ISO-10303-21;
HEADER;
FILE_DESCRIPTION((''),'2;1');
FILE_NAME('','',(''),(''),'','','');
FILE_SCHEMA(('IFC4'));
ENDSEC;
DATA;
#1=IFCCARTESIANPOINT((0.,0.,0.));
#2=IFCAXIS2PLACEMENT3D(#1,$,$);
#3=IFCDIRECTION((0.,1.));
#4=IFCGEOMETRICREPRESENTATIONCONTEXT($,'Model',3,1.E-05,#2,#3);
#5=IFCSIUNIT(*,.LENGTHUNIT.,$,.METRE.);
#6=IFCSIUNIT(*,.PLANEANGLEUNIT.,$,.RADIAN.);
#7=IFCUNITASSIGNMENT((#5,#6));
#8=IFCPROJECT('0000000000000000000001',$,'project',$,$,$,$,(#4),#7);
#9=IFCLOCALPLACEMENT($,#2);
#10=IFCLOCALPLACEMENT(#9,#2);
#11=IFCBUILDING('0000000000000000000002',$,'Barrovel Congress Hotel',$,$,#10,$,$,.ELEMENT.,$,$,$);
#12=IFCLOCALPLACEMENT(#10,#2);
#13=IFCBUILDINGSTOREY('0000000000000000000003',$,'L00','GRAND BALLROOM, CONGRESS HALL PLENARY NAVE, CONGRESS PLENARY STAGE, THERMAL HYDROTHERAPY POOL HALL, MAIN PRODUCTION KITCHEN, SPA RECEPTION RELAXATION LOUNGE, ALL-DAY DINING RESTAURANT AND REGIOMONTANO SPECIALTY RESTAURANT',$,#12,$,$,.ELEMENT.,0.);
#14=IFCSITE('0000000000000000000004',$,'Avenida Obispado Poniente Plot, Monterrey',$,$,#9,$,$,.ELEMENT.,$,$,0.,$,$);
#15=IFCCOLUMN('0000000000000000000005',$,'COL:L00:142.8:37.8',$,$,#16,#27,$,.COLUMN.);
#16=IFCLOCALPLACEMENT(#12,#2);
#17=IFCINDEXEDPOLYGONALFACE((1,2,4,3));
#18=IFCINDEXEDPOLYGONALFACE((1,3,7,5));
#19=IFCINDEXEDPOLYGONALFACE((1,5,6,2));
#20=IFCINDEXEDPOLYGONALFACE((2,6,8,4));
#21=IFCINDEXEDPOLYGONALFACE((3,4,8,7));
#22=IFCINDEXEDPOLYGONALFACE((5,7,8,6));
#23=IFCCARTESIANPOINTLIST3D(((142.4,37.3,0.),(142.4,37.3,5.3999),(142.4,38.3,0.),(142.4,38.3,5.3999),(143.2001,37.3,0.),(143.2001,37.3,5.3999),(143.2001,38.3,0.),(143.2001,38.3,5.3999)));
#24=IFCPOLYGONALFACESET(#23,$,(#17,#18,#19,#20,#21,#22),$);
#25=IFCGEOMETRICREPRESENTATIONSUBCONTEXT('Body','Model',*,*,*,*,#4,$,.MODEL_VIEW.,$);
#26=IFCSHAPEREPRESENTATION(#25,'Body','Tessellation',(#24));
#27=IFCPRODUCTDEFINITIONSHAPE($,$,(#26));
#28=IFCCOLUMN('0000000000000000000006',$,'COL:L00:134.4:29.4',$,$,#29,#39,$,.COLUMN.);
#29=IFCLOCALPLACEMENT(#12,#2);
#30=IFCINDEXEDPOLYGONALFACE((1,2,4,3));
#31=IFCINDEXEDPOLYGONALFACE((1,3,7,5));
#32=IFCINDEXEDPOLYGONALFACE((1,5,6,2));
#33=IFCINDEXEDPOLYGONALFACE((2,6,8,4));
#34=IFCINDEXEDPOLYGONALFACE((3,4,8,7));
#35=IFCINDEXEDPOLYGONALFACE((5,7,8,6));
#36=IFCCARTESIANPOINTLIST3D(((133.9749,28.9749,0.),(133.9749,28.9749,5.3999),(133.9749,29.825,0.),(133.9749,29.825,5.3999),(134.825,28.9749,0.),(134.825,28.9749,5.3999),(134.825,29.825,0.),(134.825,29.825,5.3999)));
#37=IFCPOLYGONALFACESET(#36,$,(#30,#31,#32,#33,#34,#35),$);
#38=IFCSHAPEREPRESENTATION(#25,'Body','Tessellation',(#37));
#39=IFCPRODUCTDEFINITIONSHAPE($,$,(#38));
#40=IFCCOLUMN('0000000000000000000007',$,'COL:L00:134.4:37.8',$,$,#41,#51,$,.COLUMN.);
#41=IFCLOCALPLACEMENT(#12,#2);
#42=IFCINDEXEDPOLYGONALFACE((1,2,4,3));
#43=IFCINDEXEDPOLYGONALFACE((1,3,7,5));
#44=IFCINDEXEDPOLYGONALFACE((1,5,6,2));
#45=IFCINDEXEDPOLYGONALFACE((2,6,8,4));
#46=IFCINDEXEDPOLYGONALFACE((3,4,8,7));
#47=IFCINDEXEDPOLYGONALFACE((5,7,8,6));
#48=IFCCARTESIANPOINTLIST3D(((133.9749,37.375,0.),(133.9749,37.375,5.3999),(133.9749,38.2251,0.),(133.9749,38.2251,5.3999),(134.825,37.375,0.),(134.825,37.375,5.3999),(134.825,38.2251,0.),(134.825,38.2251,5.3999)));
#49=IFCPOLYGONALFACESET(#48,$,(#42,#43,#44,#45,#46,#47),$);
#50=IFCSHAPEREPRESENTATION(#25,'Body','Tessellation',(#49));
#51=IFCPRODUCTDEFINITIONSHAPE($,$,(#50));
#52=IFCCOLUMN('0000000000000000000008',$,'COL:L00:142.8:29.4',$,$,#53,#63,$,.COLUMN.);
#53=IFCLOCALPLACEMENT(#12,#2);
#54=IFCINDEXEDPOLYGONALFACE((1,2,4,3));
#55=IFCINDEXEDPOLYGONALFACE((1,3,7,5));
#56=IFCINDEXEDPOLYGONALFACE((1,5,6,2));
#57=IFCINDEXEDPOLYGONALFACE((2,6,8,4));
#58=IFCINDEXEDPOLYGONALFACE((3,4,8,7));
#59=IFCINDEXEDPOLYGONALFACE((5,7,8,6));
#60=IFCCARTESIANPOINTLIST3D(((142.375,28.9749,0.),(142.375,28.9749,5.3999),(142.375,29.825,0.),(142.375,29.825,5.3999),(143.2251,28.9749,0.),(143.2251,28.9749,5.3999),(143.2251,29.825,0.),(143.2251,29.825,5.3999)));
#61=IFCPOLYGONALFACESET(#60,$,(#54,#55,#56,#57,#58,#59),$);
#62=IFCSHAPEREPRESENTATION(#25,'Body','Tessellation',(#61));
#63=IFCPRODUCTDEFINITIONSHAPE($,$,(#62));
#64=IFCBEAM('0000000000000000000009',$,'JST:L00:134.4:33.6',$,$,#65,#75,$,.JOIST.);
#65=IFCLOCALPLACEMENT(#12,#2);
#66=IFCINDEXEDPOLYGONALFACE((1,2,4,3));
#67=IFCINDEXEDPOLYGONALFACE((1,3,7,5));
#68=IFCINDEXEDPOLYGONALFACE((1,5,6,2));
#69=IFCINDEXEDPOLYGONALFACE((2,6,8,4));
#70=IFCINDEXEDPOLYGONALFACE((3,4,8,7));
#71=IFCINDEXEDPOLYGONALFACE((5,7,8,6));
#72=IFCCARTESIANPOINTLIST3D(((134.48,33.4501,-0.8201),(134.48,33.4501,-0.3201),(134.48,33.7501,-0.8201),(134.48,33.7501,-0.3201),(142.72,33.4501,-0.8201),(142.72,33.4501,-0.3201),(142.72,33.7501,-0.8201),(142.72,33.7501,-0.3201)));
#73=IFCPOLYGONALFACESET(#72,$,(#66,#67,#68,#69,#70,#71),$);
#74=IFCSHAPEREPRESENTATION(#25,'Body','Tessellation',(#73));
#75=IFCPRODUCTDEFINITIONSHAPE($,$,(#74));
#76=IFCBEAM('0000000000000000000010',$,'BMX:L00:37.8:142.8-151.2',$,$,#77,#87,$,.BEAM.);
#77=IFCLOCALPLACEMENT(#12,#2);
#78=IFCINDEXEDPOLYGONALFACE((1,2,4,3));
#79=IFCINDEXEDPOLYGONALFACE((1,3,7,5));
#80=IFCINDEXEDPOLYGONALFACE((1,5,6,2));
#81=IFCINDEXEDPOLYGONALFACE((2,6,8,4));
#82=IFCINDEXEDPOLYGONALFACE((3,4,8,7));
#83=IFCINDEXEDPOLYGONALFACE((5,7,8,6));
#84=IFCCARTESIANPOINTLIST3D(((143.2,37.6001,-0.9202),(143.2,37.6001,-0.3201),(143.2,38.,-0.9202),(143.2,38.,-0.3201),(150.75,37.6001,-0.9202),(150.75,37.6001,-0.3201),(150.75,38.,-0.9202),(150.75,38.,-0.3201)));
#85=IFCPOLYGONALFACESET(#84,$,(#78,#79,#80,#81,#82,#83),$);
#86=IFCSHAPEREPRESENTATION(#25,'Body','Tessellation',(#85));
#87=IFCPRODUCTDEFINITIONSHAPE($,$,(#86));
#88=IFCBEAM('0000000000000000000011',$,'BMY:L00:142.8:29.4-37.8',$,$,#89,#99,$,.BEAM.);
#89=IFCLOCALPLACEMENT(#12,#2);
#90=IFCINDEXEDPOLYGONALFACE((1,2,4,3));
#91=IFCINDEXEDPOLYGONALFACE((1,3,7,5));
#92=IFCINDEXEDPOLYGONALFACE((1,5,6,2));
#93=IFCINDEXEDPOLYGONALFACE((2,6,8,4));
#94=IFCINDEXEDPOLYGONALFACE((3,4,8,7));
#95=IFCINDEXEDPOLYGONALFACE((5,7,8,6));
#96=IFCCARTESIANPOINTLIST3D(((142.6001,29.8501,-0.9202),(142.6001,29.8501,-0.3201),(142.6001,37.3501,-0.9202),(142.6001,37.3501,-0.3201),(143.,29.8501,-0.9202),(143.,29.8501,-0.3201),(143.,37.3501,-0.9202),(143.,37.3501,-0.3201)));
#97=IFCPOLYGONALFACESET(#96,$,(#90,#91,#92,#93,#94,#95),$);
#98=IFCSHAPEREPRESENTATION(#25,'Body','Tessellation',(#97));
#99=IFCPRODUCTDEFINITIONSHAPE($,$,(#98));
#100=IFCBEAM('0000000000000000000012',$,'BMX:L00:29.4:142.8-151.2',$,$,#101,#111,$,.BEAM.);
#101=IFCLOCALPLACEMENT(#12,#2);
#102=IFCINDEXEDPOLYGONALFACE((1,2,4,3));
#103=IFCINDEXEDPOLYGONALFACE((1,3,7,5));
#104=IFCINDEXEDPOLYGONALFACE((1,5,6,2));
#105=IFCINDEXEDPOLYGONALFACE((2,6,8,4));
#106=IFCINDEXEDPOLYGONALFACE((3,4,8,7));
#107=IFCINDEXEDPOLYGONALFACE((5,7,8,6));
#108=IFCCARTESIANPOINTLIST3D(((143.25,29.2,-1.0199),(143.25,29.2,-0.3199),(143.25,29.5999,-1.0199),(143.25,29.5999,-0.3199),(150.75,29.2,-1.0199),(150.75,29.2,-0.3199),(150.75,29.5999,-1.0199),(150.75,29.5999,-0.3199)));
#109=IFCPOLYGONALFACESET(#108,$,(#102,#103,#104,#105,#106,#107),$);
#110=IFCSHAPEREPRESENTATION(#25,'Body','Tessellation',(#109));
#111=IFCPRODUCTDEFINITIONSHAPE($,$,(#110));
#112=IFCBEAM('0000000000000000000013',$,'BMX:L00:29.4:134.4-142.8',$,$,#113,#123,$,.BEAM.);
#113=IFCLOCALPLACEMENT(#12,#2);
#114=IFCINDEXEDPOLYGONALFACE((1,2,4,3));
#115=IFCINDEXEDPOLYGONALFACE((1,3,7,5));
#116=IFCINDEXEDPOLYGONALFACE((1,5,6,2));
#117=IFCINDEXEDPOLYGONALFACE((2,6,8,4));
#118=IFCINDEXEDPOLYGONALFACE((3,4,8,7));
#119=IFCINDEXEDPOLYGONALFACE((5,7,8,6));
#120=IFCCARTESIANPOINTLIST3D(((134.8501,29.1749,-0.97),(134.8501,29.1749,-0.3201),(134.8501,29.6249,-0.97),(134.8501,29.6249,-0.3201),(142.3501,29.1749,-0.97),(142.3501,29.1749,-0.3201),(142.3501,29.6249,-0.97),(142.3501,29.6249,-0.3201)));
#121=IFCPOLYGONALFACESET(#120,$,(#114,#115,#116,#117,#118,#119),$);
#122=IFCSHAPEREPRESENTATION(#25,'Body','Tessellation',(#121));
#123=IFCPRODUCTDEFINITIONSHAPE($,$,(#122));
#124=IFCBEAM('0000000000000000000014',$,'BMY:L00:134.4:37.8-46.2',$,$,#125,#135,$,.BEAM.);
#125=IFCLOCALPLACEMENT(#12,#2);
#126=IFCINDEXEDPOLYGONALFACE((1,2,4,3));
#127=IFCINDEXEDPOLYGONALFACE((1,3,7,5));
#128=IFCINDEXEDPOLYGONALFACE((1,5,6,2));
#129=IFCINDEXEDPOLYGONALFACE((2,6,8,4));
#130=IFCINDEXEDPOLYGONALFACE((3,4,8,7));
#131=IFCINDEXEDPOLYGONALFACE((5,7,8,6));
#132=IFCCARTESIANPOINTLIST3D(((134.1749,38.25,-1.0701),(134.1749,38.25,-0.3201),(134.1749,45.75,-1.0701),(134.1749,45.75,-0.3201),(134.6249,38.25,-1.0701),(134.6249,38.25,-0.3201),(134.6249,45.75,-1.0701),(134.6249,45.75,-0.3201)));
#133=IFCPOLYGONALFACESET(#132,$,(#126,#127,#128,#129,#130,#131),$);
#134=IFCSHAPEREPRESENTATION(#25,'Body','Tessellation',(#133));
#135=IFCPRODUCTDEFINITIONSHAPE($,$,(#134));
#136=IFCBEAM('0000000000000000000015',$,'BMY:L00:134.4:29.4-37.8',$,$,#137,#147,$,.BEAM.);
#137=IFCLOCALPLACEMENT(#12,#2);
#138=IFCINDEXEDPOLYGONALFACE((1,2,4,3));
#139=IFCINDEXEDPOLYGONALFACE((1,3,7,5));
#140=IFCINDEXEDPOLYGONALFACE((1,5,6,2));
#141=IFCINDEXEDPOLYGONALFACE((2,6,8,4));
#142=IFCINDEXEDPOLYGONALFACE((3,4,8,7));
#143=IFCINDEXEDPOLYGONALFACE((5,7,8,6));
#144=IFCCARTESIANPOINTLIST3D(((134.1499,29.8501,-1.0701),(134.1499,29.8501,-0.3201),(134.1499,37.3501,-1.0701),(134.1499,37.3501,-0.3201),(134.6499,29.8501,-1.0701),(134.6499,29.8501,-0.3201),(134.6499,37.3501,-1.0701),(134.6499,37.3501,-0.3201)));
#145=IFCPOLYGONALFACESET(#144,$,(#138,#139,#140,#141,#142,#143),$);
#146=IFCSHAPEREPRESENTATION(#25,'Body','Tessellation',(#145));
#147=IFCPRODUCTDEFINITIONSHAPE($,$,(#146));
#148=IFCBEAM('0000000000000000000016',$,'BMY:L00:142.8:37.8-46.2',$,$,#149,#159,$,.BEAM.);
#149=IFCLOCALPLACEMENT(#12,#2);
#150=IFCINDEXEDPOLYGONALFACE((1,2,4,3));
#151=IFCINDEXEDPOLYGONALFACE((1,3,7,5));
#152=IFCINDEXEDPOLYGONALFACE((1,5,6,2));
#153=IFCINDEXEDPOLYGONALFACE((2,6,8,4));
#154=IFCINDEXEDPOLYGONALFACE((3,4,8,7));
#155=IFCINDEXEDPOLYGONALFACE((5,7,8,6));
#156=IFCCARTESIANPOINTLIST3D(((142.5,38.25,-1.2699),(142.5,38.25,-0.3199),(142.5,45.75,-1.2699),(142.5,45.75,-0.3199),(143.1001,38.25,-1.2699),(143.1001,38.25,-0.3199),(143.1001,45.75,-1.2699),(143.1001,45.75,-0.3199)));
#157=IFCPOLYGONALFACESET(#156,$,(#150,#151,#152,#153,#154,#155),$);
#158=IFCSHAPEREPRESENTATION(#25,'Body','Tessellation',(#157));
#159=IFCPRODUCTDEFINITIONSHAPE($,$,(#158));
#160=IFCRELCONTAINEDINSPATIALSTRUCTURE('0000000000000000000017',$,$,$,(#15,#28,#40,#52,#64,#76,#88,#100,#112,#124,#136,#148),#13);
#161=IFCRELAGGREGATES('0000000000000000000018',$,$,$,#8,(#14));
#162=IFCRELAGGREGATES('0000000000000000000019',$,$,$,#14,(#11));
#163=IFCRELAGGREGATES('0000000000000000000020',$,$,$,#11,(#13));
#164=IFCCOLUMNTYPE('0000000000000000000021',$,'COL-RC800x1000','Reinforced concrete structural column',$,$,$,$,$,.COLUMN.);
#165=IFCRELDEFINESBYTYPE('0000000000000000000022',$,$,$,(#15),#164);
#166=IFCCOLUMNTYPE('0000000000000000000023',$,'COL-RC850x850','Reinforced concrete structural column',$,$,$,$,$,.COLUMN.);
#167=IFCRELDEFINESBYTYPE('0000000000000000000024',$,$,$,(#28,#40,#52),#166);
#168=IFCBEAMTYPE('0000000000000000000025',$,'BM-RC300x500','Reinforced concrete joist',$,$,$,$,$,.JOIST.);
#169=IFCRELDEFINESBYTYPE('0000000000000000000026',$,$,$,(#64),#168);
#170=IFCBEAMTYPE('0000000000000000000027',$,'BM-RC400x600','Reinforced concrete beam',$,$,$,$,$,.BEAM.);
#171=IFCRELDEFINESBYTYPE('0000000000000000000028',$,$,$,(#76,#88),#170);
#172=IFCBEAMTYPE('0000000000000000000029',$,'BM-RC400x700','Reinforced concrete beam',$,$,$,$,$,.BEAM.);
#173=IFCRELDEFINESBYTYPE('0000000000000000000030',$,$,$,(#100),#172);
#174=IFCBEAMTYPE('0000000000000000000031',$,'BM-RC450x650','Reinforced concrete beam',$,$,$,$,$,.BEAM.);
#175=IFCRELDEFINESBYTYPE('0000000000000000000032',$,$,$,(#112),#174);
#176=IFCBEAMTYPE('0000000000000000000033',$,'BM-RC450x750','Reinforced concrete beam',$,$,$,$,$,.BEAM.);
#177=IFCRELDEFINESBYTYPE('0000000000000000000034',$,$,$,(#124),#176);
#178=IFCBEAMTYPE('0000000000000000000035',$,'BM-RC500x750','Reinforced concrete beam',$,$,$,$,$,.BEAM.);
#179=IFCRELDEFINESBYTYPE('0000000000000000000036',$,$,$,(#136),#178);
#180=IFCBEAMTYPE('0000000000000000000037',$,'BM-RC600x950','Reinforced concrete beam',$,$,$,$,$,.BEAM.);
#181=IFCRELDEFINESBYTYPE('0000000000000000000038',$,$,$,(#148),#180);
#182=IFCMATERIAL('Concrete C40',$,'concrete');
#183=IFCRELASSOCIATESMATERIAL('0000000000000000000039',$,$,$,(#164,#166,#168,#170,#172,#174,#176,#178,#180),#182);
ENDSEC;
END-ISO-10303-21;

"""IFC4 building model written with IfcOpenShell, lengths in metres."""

from ifc_helpers import new_model, si_unit, direction, frame, origin, origin_2d, place, context, subcontext, project, spatial, rectangle, extrude, material, material_profile, profile_set, type_object, element, save


model = new_model("IFC4")

# Units and contexts
model_context = context("Model", 3, precision=1e-05, world=origin(), true_north=direction((0.0, 1.0)))
body_context = subcontext(model_context, "Body", "Model", "MODEL_VIEW")
ifc_project = project(units=[si_unit("LENGTHUNIT", "METRE"), si_unit("PLANEANGLEUNIT", "RADIAN")], contexts=[model_context])

# Site, building, storey
site_placement = place(None, origin())
site = spatial("IfcSite", under=ifc_project, at=site_placement, Name="Avenida Obispado Poniente Plot, Monterrey", CompositionType="ELEMENT", RefElevation=0.0)
building_placement = place(site_placement, origin())
building = spatial("IfcBuilding", under=site, at=building_placement, Name="Barrovel Congress Hotel", CompositionType="ELEMENT")
storey_placement = place(building_placement, origin())
storey = spatial("IfcBuildingStorey", under=building, at=storey_placement, Name="L00", Description="GRAND BALLROOM, CONGRESS HALL PLENARY NAVE, CONGRESS PLENARY STAGE, THERMAL HYDROTHERAPY POOL HALL, MAIN PRODUCTION KITCHEN, SPA RECEPTION RELAXATION LOUNGE, ALL-DAY DINING RESTAURANT AND REGIOMONTANO SPECIALTY RESTAURANT", CompositionType="ELEMENT", Elevation=0.0)

# Columns
ifc_material_1 = material(Name="Concrete C40", Category="concrete")
ifc_material_profile_1 = material_profile(ifc_material_1, rectangle(XDim=0.8, YDim=1.0, at=origin_2d()), Name="RC800x1000")
ifc_profile_set_1 = profile_set([ifc_material_profile_1], Name="Concrete C40")
column_type_1 = type_object("IfcColumnType", Name="COL-RC800x1000", Description="Reinforced concrete structural column", PredefinedType="COLUMN", material=ifc_profile_set_1)
column_placement = place(storey_placement, frame((142.8, 37.8, 0.0), z_axis=(0.0, 0.0, 1.0), x_axis=(1.0, 0.0, 0.0)))
element("IfcColumn", 1, at=column_placement, inside=storey, type_object=column_type_1, Name="COL:L00:142.8:37.8", PredefinedType="COLUMN", context=body_context, shape_type="SweptSolid", body=[
    extrude(rectangle(XDim=0.8, YDim=1.0, at=origin_2d()), origin(), (0.0, 0.0, 1.0), 5.3999),
])
ifc_material_profile_2 = material_profile(ifc_material_1, rectangle(XDim=0.8501, YDim=0.8501, at=origin_2d()), Name="RC850x850")
ifc_profile_set_2 = profile_set([ifc_material_profile_2], Name="Concrete C40")
column_type_2 = type_object("IfcColumnType", Name="COL-RC850x850", Description="Reinforced concrete structural column", PredefinedType="COLUMN", material=ifc_profile_set_2)
for number, where, z_axis, x_axis, name in (
    (2, (134.3999, 29.3999, 0.0), (0.0, 0.0, 1.0), (1.0, 0.0, 0.0), "COL:L00:134.4:29.4"),
    (3, (134.3999, 37.8, 0.0), (0.0, 0.0, 1.0), (1.0, 0.0, 0.0), "COL:L00:134.4:37.8"),
    (4, (142.8, 29.3999, 0.0), (0.0, 0.0, 1.0), (1.0, 0.0, 0.0), "COL:L00:142.8:29.4"),
):
    element("IfcColumn", number, at=place(storey_placement, frame(where, z_axis=z_axis, x_axis=x_axis)), inside=storey, type_object=column_type_2, Name=name, PredefinedType="COLUMN", context=body_context, shape_type="SweptSolid", body=[
        extrude(rectangle(XDim=0.8501, YDim=0.8501, at=origin_2d()), origin(), (0.0, 0.0, 1.0), 5.3999),
    ])

# Beams
ifc_material_profile_3 = material_profile(ifc_material_1, rectangle(XDim=0.3, YDim=0.5, at=origin_2d()), Name="RC300x500")
ifc_profile_set_3 = profile_set([ifc_material_profile_3], Name="Concrete C40")
beam_type_1 = type_object("IfcBeamType", Name="BM-RC300x500", Description="Reinforced concrete joist", PredefinedType="JOIST", material=ifc_profile_set_3)
beam_1_placement = place(storey_placement, frame((134.48, 33.6001, -0.5701), z_axis=(1.0, 0.0, 0.0), x_axis=(0.0, 1.0, 0.0)))
element("IfcBeam", 5, at=beam_1_placement, inside=storey, type_object=beam_type_1, Name="JST:L00:134.4:33.6", PredefinedType="JOIST", context=body_context, shape_type="SweptSolid", body=[
    extrude(rectangle(XDim=0.3, YDim=0.5, at=origin_2d()), origin(), (0.0, 0.0, 1.0), 8.24),
])
ifc_material_profile_4 = material_profile(ifc_material_1, rectangle(XDim=0.3999, YDim=0.6001, at=origin_2d()), Name="RC400x600")
ifc_profile_set_4 = profile_set([ifc_material_profile_4], Name="Concrete C40")
beam_type_2 = type_object("IfcBeamType", Name="BM-RC400x600", Description="Reinforced concrete beam", PredefinedType="BEAM", material=ifc_profile_set_4)
beam_2_placement = place(storey_placement, frame((143.2, 37.8, -0.6201), z_axis=(1.0, 0.0, 0.0), x_axis=(0.0, 1.0, 0.0)))
element("IfcBeam", 6, at=beam_2_placement, inside=storey, type_object=beam_type_2, Name="BMX:L00:37.8:142.8-151.2", PredefinedType="BEAM", context=body_context, shape_type="SweptSolid", body=[
    extrude(rectangle(XDim=0.3999, YDim=0.6001, at=origin_2d()), origin(), (0.0, 0.0, 1.0), 7.55),
])
beam_3_placement = place(storey_placement, frame((142.8, 29.8501, -0.6201), z_axis=(0.0, 1.0, 0.0), x_axis=(-1.0, 0.0, 0.0)))
element("IfcBeam", 7, at=beam_3_placement, inside=storey, type_object=beam_type_2, Name="BMY:L00:142.8:29.4-37.8", PredefinedType="BEAM", context=body_context, shape_type="SweptSolid", body=[
    extrude(rectangle(XDim=0.3999, YDim=0.6001, at=origin_2d()), origin(), (0.0, 0.0, 1.0), 7.5),
])
ifc_material_profile_5 = material_profile(ifc_material_1, rectangle(XDim=0.3999, YDim=0.7, at=origin_2d()), Name="RC400x700")
ifc_profile_set_5 = profile_set([ifc_material_profile_5], Name="Concrete C40")
beam_type_3 = type_object("IfcBeamType", Name="BM-RC400x700", Description="Reinforced concrete beam", PredefinedType="BEAM", material=ifc_profile_set_5)
beam_4_placement = place(storey_placement, frame((143.25, 29.3999, -0.6699), z_axis=(1.0, 0.0, 0.0), x_axis=(0.0, 1.0, 0.0)))
element("IfcBeam", 8, at=beam_4_placement, inside=storey, type_object=beam_type_3, Name="BMX:L00:29.4:142.8-151.2", PredefinedType="BEAM", context=body_context, shape_type="SweptSolid", body=[
    extrude(rectangle(XDim=0.3999, YDim=0.7, at=origin_2d()), origin(), (0.0, 0.0, 1.0), 7.5),
])
ifc_material_profile_6 = material_profile(ifc_material_1, rectangle(XDim=0.45, YDim=0.6499, at=origin_2d()), Name="RC450x650")
ifc_profile_set_6 = profile_set([ifc_material_profile_6], Name="Concrete C40")
beam_type_4 = type_object("IfcBeamType", Name="BM-RC450x650", Description="Reinforced concrete beam", PredefinedType="BEAM", material=ifc_profile_set_6)
beam_5_placement = place(storey_placement, frame((134.8501, 29.3999, -0.645), z_axis=(1.0, 0.0, 0.0), x_axis=(0.0, 1.0, 0.0)))
element("IfcBeam", 9, at=beam_5_placement, inside=storey, type_object=beam_type_4, Name="BMX:L00:29.4:134.4-142.8", PredefinedType="BEAM", context=body_context, shape_type="SweptSolid", body=[
    extrude(rectangle(XDim=0.45, YDim=0.6499, at=origin_2d()), origin(), (0.0, 0.0, 1.0), 7.5),
])
ifc_material_profile_7 = material_profile(ifc_material_1, rectangle(XDim=0.45, YDim=0.75, at=origin_2d()), Name="RC450x750")
ifc_profile_set_7 = profile_set([ifc_material_profile_7], Name="Concrete C40")
beam_type_5 = type_object("IfcBeamType", Name="BM-RC450x750", Description="Reinforced concrete beam", PredefinedType="BEAM", material=ifc_profile_set_7)
beam_6_placement = place(storey_placement, frame((134.3999, 38.25, -0.6951), z_axis=(0.0, 1.0, 0.0), x_axis=(-1.0, 0.0, 0.0)))
element("IfcBeam", 10, at=beam_6_placement, inside=storey, type_object=beam_type_5, Name="BMY:L00:134.4:37.8-46.2", PredefinedType="BEAM", context=body_context, shape_type="SweptSolid", body=[
    extrude(rectangle(XDim=0.45, YDim=0.75, at=origin_2d()), origin(), (0.0, 0.0, 1.0), 7.5),
])
ifc_material_profile_8 = material_profile(ifc_material_1, rectangle(XDim=0.5, YDim=0.75, at=origin_2d()), Name="RC500x750")
ifc_profile_set_8 = profile_set([ifc_material_profile_8], Name="Concrete C40")
beam_type_6 = type_object("IfcBeamType", Name="BM-RC500x750", Description="Reinforced concrete beam", PredefinedType="BEAM", material=ifc_profile_set_8)
beam_7_placement = place(storey_placement, frame((134.3999, 29.8501, -0.6951), z_axis=(0.0, 1.0, 0.0), x_axis=(-1.0, 0.0, 0.0)))
element("IfcBeam", 11, at=beam_7_placement, inside=storey, type_object=beam_type_6, Name="BMY:L00:134.4:29.4-37.8", PredefinedType="BEAM", context=body_context, shape_type="SweptSolid", body=[
    extrude(rectangle(XDim=0.5, YDim=0.75, at=origin_2d()), origin(), (0.0, 0.0, 1.0), 7.5),
])
ifc_material_profile_9 = material_profile(ifc_material_1, rectangle(XDim=0.6001, YDim=0.95, at=origin_2d()), Name="RC600x950")
ifc_profile_set_9 = profile_set([ifc_material_profile_9], Name="Concrete C40")
beam_type_7 = type_object("IfcBeamType", Name="BM-RC600x950", Description="Reinforced concrete beam", PredefinedType="BEAM", material=ifc_profile_set_9)
beam_8_placement = place(storey_placement, frame((142.8, 38.25, -0.7949), z_axis=(0.0, 1.0, 0.0), x_axis=(-1.0, 0.0, 0.0)))
element("IfcBeam", 12, at=beam_8_placement, inside=storey, type_object=beam_type_7, Name="BMY:L00:142.8:37.8-46.2", PredefinedType="BEAM", context=body_context, shape_type="SweptSolid", body=[
    extrude(rectangle(XDim=0.6001, YDim=0.95, at=origin_2d()), origin(), (0.0, 0.0, 1.0), 7.5),
])

save(model, "model.ifc")
